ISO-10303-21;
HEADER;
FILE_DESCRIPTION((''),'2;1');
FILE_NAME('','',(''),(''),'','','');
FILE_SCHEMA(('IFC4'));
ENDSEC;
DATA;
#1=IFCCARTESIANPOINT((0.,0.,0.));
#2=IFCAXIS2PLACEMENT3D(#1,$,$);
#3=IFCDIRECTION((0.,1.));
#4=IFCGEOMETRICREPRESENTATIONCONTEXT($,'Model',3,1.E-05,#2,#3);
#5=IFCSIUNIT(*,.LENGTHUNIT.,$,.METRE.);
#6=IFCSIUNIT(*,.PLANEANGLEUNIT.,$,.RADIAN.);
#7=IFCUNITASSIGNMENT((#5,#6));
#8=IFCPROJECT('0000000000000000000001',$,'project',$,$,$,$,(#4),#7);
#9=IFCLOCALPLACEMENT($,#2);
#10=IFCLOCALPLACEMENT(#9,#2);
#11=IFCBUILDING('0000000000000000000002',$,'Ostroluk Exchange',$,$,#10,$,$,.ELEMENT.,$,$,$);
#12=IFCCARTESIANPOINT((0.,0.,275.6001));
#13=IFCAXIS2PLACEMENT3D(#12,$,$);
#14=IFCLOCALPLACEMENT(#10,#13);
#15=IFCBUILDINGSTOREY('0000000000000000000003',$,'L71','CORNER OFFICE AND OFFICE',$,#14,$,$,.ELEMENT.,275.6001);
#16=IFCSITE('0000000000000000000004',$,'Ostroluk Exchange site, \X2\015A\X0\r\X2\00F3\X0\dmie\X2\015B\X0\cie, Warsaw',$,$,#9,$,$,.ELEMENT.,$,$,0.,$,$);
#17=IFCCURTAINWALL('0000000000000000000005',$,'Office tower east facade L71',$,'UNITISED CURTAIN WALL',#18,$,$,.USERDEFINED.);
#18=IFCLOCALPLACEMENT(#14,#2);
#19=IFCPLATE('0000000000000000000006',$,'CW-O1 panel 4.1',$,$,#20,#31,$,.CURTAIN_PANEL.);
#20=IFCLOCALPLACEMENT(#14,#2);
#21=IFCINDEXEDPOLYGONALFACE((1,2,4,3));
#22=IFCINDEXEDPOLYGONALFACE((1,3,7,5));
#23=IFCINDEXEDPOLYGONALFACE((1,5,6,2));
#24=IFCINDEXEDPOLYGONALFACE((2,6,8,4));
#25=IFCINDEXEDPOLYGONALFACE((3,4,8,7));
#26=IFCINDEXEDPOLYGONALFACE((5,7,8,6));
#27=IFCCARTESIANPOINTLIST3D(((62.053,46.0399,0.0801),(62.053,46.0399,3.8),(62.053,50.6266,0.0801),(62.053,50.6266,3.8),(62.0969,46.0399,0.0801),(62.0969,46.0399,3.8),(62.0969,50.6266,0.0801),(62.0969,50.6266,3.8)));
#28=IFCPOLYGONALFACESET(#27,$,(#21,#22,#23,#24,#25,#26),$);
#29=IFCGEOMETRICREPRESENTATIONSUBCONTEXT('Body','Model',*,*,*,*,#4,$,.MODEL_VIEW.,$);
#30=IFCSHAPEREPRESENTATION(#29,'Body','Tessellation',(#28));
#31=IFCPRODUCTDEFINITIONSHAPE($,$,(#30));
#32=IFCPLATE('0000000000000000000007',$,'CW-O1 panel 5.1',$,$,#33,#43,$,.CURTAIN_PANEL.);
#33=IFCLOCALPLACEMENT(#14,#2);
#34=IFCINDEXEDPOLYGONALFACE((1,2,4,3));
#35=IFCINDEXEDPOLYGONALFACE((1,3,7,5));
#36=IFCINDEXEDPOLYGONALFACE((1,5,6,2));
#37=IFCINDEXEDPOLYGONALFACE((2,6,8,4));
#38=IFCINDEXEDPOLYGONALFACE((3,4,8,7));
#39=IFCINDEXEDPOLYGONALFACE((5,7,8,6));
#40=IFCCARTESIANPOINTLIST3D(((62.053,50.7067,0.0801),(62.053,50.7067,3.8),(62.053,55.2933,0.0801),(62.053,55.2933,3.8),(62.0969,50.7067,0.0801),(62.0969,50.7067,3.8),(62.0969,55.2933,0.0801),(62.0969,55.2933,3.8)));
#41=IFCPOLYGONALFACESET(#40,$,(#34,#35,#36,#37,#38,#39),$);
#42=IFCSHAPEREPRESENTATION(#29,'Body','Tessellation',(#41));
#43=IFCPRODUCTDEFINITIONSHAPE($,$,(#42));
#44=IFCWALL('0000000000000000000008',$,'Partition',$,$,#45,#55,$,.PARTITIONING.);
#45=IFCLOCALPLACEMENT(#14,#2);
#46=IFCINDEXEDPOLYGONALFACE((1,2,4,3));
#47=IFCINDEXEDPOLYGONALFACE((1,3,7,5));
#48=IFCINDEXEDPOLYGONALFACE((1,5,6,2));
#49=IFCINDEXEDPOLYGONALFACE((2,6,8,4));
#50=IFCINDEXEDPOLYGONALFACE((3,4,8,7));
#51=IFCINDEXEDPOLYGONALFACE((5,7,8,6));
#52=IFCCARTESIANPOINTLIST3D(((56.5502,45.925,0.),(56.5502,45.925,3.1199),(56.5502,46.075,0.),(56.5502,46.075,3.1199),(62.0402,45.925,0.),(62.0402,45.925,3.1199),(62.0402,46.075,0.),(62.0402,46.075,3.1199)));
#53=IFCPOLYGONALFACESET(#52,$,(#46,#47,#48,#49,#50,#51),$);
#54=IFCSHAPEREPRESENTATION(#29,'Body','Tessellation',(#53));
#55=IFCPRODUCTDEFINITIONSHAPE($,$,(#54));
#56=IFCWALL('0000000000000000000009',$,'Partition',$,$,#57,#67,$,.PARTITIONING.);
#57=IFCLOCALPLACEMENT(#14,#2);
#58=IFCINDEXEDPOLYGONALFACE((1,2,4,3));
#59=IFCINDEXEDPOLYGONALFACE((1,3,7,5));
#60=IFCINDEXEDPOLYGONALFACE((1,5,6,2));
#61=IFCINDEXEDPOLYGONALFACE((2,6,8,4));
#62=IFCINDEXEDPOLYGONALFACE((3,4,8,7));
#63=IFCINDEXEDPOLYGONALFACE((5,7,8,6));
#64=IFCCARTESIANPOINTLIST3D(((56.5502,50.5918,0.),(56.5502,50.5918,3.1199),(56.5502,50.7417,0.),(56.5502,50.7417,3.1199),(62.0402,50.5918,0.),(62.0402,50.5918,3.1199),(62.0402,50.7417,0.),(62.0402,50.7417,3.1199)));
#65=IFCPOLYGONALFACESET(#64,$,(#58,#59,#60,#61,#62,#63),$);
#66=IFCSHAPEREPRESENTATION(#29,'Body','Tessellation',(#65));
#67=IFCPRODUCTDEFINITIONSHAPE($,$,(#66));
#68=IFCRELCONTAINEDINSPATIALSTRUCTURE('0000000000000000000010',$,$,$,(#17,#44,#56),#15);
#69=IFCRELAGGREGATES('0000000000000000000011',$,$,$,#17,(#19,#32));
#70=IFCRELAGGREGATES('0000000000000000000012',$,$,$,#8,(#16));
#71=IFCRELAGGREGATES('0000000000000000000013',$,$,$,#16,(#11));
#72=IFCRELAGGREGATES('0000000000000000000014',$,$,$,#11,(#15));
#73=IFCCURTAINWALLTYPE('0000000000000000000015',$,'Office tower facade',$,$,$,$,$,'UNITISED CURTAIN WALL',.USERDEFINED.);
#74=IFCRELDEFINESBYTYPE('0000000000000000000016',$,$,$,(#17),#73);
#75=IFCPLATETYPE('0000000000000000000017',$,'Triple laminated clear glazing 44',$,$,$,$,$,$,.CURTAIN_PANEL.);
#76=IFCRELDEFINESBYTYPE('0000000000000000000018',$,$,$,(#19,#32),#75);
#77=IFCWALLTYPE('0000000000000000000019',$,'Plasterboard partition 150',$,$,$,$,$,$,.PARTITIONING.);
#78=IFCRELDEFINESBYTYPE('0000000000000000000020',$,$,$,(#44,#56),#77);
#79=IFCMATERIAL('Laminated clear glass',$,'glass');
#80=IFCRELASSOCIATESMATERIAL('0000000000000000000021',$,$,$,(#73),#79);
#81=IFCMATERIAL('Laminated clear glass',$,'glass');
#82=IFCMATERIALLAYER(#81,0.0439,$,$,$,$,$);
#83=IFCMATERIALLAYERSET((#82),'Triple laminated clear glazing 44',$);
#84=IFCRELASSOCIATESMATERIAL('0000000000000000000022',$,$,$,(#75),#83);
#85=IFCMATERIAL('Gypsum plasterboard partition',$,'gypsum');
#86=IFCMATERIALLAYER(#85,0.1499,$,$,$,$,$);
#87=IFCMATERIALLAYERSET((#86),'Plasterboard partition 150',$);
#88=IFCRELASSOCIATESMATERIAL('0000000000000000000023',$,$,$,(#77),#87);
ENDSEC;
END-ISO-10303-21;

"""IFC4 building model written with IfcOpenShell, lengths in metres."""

from ifc_helpers import new_model, si_unit, direction, frame, frame_2d, origin, origin_2d, place, context, subcontext, project, spatial, rectangle, extrude, material, layer, layer_set, type_object, element, aggregate, save


model = new_model("IFC4")

# Units and contexts
model_context = context("Model", 3, precision=1e-05, world=origin(), true_north=direction((0.0, 1.0)))
body_context = subcontext(model_context, "Body", "Model", "MODEL_VIEW")
ifc_project = project(units=[si_unit("LENGTHUNIT", "METRE"), si_unit("PLANEANGLEUNIT", "RADIAN")], contexts=[model_context])

# Site, building, storey
site_placement = place(None, origin())
site = spatial("IfcSite", under=ifc_project, at=site_placement, Name="Ostroluk Exchange site, Śródmieście, Warsaw", CompositionType="ELEMENT", RefElevation=0.0)
building_placement = place(site_placement, origin())
building = spatial("IfcBuilding", under=site, at=building_placement, Name="Ostroluk Exchange", CompositionType="ELEMENT")
storey_placement = place(building_placement, frame((0.0, 0.0, 275.6001)))
storey = spatial("IfcBuildingStorey", under=building, at=storey_placement, Name="L71", Description="CORNER OFFICE AND OFFICE", CompositionType="ELEMENT", Elevation=275.6001)

# Curtain wall, plates
ifc_material_1 = material(Name="Laminated clear glass", Category="glass")
curtain_wall_type = type_object("IfcCurtainWallType", Name="Office tower facade", ElementType="UNITISED CURTAIN WALL", PredefinedType="USERDEFINED", material=ifc_material_1)
curtain_wall_placement = place(storey_placement, origin())
curtain_wall = element("IfcCurtainWall", 1, at=curtain_wall_placement, inside=storey, type_object=curtain_wall_type, Name="Office tower east facade L71", ObjectType="UNITISED CURTAIN WALL", PredefinedType="USERDEFINED")
ifc_material_2 = material(Name="Laminated clear glass", Category="glass")
ifc_layer_1 = layer(ifc_material_2, 0.0439)
ifc_layer_set_1 = layer_set([ifc_layer_1], Name="Triple laminated clear glazing 44")
plate_type = type_object("IfcPlateType", Name="Triple laminated clear glazing 44", PredefinedType="CURTAIN_PANEL", material=ifc_layer_set_1)
plate_1_placement = place(storey_placement, frame((62.075, 48.3333, 0.0801), z_axis=(0.0, 0.0, 1.0), x_axis=(0.0, 1.0, 0.0)))
plate_1 = element("IfcPlate", 2, at=plate_1_placement, type_object=plate_type, Name="CW-O1 panel 4.1", PredefinedType="CURTAIN_PANEL", context=body_context, shape_type="SweptSolid", body=[
    extrude(rectangle(XDim=4.5867, YDim=0.0439, at=origin_2d()), origin(), (0.0, 0.0, 1.0), 3.72),
])
plate_2_placement = place(storey_placement, frame((62.075, 53.0, 0.0801), z_axis=(0.0, 0.0, 1.0), x_axis=(0.0, 1.0, 0.0)))
plate_2 = element("IfcPlate", 3, at=plate_2_placement, type_object=plate_type, Name="CW-O1 panel 5.1", PredefinedType="CURTAIN_PANEL", context=body_context, shape_type="SweptSolid", body=[
    extrude(rectangle(XDim=4.5867, YDim=0.0439, at=origin_2d()), origin(), (0.0, 0.0, 1.0), 3.72),
])
aggregate(curtain_wall, [plate_1, plate_2])

# Walls
ifc_material_3 = material(Name="Gypsum plasterboard partition", Category="gypsum")
ifc_layer_2 = layer(ifc_material_3, 0.1499)
ifc_layer_set_2 = layer_set([ifc_layer_2], Name="Plasterboard partition 150")
wall_type = type_object("IfcWallType", Name="Plasterboard partition 150", PredefinedType="PARTITIONING", material=ifc_layer_set_2)
for number, where, z_axis, x_axis, name in (
    (4, (56.55, 46.0, 0.0), (0.0, 0.0, 1.0), (1.0, 0.0, 0.0), "Partition"),
    (5, (56.55, 50.6667, 0.0), (0.0, 0.0, 1.0), (1.0, 0.0, 0.0), "Partition"),
):
    element("IfcWall", number, at=place(storey_placement, frame(where, z_axis=z_axis, x_axis=x_axis)), inside=storey, type_object=wall_type, Name=name, PredefinedType="PARTITIONING", context=body_context, shape_type="SweptSolid", body=[
        extrude(rectangle(XDim=5.49, YDim=0.1499, at=frame_2d((2.7451, 0.0))), origin(), (0.0, 0.0, 1.0), 3.1199),
    ])

save(model, "model.ifc")
